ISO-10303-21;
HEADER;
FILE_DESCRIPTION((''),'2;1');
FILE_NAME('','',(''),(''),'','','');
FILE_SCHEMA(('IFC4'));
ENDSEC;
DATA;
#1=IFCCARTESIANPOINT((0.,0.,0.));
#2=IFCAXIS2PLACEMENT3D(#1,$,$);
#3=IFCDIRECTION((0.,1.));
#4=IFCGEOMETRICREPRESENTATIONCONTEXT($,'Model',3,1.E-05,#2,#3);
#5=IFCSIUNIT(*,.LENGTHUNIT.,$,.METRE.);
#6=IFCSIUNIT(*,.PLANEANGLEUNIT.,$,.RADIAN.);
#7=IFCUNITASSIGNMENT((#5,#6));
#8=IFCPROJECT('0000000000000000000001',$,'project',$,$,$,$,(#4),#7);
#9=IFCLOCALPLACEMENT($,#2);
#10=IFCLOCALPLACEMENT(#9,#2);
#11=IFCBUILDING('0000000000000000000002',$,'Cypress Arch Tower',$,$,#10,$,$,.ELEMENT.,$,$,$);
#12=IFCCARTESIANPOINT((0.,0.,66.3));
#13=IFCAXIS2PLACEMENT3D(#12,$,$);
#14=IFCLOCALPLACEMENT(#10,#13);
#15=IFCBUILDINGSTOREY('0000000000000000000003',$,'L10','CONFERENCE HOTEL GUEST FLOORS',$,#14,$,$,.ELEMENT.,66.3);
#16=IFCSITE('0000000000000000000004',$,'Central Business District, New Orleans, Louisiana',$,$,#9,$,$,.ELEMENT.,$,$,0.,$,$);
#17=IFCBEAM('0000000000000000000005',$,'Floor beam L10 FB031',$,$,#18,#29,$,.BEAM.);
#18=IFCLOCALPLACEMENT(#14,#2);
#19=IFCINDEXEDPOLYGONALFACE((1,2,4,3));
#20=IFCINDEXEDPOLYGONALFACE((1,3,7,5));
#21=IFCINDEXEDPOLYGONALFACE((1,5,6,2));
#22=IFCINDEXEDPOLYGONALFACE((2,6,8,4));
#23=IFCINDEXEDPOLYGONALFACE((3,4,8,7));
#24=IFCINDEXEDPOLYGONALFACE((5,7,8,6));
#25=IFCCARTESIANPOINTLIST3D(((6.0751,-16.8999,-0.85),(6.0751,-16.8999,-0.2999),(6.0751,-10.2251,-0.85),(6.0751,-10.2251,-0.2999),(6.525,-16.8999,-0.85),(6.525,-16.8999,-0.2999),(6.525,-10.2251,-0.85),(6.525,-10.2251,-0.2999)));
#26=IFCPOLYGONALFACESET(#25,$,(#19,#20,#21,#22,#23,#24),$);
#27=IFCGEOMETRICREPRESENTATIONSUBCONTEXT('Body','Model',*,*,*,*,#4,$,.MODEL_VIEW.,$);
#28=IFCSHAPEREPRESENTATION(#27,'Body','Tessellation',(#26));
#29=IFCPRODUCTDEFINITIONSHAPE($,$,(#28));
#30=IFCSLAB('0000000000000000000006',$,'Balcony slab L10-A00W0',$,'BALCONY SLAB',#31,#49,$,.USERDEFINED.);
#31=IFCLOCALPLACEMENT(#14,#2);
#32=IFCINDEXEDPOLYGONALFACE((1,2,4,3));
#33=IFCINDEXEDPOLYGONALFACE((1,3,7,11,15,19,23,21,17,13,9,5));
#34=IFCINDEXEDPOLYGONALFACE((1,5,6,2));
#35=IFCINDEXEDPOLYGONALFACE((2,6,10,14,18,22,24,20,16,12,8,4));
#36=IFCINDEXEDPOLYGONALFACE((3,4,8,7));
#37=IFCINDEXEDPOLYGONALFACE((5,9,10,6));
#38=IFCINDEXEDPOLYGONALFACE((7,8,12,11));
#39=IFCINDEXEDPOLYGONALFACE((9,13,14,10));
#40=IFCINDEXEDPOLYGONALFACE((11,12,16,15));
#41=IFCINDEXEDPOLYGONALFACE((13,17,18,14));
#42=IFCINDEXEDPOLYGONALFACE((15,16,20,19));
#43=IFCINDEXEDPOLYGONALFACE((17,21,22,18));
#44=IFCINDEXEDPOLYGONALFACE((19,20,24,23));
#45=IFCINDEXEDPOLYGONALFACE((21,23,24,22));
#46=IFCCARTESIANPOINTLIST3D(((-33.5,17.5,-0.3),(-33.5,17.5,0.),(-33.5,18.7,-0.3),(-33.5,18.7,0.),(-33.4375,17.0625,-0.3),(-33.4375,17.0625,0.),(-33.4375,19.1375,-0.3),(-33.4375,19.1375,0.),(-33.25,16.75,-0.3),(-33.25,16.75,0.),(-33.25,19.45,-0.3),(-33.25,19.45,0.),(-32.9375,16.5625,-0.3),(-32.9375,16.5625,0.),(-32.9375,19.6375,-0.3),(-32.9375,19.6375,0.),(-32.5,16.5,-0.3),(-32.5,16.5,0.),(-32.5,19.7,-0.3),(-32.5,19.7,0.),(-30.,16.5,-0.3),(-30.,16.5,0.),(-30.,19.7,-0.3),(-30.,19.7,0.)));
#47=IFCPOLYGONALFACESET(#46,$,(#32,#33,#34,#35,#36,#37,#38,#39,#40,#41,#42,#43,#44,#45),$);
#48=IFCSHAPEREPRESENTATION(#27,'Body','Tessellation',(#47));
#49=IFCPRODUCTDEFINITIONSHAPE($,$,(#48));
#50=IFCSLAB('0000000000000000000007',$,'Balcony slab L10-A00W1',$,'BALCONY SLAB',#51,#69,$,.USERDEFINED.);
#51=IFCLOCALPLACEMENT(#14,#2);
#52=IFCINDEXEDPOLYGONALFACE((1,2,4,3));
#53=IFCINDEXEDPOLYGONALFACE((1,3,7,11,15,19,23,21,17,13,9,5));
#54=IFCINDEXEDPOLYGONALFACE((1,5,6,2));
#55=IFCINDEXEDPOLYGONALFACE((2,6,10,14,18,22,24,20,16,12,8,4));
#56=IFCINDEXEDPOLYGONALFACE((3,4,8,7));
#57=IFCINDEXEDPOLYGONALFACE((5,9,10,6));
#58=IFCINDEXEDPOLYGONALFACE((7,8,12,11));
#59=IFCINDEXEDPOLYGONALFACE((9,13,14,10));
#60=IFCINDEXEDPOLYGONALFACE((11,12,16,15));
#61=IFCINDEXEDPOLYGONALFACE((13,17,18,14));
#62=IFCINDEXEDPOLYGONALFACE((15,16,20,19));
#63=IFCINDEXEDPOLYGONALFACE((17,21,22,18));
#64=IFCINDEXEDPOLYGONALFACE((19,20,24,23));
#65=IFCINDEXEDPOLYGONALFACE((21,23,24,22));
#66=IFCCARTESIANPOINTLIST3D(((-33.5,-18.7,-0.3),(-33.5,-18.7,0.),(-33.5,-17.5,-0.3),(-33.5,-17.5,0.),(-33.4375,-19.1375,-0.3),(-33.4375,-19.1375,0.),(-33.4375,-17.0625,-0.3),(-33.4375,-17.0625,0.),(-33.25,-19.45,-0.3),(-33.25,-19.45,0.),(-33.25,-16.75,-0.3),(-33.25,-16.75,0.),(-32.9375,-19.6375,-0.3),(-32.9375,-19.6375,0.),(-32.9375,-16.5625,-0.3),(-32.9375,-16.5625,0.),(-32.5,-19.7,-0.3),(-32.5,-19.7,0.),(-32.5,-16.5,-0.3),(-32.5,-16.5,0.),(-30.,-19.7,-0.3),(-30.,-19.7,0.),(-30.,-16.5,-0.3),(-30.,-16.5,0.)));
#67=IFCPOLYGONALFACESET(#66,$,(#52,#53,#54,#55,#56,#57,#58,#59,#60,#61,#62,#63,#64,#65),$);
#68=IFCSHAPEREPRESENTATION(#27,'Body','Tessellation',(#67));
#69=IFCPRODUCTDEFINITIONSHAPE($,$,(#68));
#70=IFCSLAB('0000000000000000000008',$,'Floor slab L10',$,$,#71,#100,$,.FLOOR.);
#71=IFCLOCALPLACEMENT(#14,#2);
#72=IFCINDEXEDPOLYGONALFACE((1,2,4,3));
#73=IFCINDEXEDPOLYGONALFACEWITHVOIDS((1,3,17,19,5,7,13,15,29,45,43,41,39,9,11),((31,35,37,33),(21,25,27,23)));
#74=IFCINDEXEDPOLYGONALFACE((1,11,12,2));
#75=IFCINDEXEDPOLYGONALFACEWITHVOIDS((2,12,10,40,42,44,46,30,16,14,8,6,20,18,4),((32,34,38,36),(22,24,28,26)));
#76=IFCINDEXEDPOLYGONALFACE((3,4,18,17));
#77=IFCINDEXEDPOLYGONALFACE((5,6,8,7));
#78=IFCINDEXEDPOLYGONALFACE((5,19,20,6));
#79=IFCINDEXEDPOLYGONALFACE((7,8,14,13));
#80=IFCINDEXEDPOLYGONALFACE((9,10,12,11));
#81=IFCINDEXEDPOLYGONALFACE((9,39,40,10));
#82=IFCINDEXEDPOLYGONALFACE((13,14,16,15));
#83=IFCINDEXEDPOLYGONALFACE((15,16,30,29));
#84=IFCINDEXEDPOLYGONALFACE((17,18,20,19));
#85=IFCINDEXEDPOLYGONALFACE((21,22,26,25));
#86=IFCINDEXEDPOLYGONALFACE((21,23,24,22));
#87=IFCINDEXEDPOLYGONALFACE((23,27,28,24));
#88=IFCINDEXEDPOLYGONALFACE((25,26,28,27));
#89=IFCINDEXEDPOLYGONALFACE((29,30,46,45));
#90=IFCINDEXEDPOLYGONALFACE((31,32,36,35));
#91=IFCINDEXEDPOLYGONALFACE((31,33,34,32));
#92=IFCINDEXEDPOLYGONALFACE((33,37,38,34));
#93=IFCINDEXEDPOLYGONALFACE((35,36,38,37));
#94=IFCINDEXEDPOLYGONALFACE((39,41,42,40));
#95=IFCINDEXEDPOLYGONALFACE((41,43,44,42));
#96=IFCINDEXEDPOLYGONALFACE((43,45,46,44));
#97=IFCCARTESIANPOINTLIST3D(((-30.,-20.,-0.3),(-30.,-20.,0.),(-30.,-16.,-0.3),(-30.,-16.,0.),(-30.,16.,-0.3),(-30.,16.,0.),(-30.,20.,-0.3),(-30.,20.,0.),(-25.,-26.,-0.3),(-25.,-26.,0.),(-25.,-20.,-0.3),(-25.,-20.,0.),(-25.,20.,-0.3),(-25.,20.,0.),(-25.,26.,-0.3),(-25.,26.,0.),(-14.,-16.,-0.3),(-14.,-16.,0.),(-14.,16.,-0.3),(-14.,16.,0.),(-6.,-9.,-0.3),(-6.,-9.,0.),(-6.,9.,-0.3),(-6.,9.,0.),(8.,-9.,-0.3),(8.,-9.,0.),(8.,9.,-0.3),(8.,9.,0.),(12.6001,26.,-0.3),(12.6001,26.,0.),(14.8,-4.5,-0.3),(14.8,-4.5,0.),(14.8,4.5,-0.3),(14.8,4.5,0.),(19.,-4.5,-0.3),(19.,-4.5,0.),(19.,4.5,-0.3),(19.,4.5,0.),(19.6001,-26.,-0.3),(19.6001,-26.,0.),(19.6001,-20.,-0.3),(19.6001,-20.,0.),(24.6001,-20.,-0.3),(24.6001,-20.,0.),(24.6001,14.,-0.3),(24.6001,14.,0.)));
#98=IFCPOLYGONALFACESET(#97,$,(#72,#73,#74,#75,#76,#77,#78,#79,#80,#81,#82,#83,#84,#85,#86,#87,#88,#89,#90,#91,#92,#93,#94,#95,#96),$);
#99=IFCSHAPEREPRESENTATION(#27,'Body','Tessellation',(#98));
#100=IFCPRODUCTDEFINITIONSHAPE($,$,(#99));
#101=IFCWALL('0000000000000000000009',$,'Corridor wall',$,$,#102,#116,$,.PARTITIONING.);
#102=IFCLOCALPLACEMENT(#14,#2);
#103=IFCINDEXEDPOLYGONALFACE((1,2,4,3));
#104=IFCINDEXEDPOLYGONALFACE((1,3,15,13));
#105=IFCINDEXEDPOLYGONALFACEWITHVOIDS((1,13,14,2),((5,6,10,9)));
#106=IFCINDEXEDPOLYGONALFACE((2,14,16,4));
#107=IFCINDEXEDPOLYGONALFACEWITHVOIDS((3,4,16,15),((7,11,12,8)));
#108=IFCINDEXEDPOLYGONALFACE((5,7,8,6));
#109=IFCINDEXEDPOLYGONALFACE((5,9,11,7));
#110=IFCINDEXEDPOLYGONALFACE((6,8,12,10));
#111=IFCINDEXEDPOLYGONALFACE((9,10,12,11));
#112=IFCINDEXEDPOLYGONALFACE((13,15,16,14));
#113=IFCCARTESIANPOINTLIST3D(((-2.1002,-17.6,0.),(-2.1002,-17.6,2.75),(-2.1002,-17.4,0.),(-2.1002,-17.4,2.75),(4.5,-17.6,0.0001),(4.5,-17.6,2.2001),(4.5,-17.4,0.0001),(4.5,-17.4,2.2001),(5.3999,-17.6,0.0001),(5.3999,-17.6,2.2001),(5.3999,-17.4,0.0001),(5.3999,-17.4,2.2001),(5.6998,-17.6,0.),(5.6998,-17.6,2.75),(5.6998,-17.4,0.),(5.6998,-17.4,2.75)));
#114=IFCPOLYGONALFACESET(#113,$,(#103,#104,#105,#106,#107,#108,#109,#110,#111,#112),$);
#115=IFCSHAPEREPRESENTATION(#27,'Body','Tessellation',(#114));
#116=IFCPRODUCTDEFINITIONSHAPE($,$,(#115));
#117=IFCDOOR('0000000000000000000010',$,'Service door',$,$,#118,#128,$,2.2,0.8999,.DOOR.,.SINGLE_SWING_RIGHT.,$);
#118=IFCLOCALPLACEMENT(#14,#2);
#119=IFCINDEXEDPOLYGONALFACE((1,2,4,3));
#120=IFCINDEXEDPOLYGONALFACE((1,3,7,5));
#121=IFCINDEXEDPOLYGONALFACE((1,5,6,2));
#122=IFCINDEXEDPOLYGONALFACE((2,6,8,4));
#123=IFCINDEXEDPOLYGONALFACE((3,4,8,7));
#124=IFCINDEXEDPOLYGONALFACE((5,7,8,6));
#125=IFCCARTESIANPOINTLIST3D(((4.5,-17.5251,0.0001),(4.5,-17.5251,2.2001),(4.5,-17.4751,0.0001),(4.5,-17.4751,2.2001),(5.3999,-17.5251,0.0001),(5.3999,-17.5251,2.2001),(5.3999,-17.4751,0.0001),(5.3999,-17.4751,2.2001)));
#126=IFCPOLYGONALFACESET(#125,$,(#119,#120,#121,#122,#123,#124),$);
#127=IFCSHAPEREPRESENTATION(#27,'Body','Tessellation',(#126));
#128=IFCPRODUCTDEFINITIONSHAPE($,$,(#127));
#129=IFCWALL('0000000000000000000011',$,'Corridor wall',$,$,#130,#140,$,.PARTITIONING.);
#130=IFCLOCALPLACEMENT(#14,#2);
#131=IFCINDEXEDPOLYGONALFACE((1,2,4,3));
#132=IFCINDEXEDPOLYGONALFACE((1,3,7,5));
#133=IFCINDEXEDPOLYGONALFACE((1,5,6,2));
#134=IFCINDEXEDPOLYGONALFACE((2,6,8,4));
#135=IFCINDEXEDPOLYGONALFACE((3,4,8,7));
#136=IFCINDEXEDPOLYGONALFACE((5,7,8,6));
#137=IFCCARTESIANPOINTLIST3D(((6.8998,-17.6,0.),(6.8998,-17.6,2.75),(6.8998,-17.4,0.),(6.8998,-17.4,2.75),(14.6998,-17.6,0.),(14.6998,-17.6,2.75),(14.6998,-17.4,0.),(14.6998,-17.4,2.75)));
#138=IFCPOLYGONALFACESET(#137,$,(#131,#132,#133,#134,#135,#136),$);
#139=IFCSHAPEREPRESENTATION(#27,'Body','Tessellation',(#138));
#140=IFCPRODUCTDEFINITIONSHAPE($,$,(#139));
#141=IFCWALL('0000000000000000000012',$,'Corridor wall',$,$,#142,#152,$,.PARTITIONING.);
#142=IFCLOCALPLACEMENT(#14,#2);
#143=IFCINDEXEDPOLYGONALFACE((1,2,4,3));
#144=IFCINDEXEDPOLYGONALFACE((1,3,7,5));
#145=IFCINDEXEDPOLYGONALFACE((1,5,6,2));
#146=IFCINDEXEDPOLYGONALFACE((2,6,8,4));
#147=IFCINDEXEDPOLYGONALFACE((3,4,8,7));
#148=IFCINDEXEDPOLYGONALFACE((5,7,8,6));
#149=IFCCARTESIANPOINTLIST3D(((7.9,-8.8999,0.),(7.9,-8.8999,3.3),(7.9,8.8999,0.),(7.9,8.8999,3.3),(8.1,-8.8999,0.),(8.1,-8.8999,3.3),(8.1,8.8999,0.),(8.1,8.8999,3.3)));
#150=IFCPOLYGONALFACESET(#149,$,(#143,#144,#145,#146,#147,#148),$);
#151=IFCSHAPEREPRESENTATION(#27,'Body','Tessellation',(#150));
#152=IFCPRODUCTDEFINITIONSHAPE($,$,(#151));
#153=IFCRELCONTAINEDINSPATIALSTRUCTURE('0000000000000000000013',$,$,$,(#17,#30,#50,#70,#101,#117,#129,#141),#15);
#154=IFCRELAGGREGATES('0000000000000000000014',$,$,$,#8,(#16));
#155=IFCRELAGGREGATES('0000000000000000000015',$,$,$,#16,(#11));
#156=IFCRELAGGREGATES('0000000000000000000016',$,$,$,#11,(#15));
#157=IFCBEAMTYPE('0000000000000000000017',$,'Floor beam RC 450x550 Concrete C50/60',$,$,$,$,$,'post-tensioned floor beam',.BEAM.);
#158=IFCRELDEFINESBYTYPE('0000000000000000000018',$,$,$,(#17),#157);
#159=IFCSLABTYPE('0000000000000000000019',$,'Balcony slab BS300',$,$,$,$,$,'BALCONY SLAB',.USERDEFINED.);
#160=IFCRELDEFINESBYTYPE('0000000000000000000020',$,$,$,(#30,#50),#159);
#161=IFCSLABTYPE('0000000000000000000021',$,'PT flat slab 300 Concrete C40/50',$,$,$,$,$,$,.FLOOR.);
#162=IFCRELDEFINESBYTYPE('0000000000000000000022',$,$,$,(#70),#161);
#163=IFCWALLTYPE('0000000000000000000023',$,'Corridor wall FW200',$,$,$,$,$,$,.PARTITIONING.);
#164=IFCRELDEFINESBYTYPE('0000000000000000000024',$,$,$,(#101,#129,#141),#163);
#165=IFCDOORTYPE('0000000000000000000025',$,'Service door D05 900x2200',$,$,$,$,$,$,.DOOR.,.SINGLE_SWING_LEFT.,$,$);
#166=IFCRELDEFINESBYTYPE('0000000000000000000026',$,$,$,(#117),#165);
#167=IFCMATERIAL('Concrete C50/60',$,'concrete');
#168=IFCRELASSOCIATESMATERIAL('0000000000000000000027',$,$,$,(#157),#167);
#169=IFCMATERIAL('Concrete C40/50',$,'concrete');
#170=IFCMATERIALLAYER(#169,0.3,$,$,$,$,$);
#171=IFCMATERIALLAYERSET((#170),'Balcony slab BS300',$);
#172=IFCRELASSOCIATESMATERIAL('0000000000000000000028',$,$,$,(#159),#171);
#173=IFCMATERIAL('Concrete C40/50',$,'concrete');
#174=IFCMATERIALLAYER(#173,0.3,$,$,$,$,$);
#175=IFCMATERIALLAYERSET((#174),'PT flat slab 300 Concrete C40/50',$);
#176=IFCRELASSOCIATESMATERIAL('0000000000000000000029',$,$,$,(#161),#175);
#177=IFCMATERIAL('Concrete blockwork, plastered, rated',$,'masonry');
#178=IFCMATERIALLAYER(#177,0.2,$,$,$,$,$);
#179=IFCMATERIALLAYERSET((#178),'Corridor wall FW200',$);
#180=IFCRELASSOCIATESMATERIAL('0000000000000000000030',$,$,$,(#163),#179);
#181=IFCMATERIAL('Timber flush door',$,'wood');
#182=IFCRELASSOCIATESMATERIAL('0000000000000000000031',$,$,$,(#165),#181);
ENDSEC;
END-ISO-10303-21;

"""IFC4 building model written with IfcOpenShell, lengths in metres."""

from ifc_helpers import new_model, si_unit, direction, frame, frame_2d, origin, origin_2d, place, context, subcontext, project, spatial, polyline, rectangle, outline, extrude, material, layer, layer_set, material_profile, profile_set, type_object, element, fill, save


model = new_model("IFC4")

# Units and contexts
model_context = context("Model", 3, precision=1e-05, world=origin(), true_north=direction((0.0, 1.0)))
body_context = subcontext(model_context, "Body", "Model", "MODEL_VIEW")
ifc_project = project(units=[si_unit("LENGTHUNIT", "METRE"), si_unit("PLANEANGLEUNIT", "RADIAN")], contexts=[model_context])

# Site, building, storey
site_placement = place(None, origin())
site = spatial("IfcSite", under=ifc_project, at=site_placement, Name="Central Business District, New Orleans, Louisiana", CompositionType="ELEMENT", RefElevation=0.0)
building_placement = place(site_placement, origin())
building = spatial("IfcBuilding", under=site, at=building_placement, Name="Cypress Arch Tower", CompositionType="ELEMENT")
storey_placement = place(building_placement, frame((0.0, 0.0, 66.3)))
storey = spatial("IfcBuildingStorey", under=building, at=storey_placement, Name="L10", Description="CONFERENCE HOTEL GUEST FLOORS", CompositionType="ELEMENT", Elevation=66.3)

# Beam
ifc_material_1 = material(Name="Concrete C50/60", Category="concrete")
ifc_material_profile_1 = material_profile(ifc_material_1, rectangle(XDim=0.45, YDim=0.55, at=origin_2d()), Name="RC 450x550")
ifc_profile_set_1 = profile_set([ifc_material_profile_1], Name="Concrete C50/60")
beam_type_1 = type_object("IfcBeamType", Name="Floor beam RC 450x550 Concrete C50/60", ElementType="post-tensioned floor beam", PredefinedType="BEAM", material=ifc_profile_set_1)
beam_1_placement = place(storey_placement, frame((6.3, -16.8999, -0.575), z_axis=(0.0, 1.0, 0.0), x_axis=(-1.0, 0.0, 0.0)))
element("IfcBeam", 1, at=beam_1_placement, inside=storey, type_object=beam_type_1, Name="Floor beam L10 FB031", PredefinedType="BEAM", context=body_context, shape_type="SweptSolid", body=[
    extrude(rectangle(XDim=0.45, YDim=0.55, at=origin_2d()), origin(), (0.0, 0.0, 1.0), 6.6748),
])

# Slabs
ifc_material_2 = material(Name="Concrete C40/50", Category="concrete")
ifc_layer_1 = layer(ifc_material_2, 0.3)
ifc_layer_set_1 = layer_set([ifc_layer_1], Name="Balcony slab BS300")
slab_type_1 = type_object("IfcSlabType", Name="Balcony slab BS300", ElementType="BALCONY SLAB", PredefinedType="USERDEFINED", material=ifc_layer_set_1)
slab_1_placement = place(storey_placement, frame((0.0, 0.0, -0.3)))
element("IfcSlab", 2, at=slab_1_placement, inside=storey, type_object=slab_type_1, Name="Balcony slab L10-A00W0", ObjectType="BALCONY SLAB", PredefinedType="USERDEFINED", context=body_context, shape_type="SweptSolid", body=[
    extrude(outline(polyline([(-30.0, 19.7), (-32.5, 19.7), (-32.9375, 19.6375), (-33.25, 19.45), (-33.4375, 19.1375), (-33.5, 18.7), (-33.5, 17.5), (-33.4375, 17.0625), (-33.25, 16.75), (-32.9375, 16.5625), (-32.5, 16.5), (-30.0, 16.5), (-30.0, 19.7)])), origin(), (0.0, 0.0, 1.0), 0.3),
])
slab_2_placement = place(storey_placement, frame((0.0, 0.0, -0.3)))
element("IfcSlab", 3, at=slab_2_placement, inside=storey, type_object=slab_type_1, Name="Balcony slab L10-A00W1", ObjectType="BALCONY SLAB", PredefinedType="USERDEFINED", context=body_context, shape_type="SweptSolid", body=[
    extrude(outline(polyline([(-30.0, -16.5), (-32.5, -16.5), (-32.9375, -16.5625), (-33.25, -16.75), (-33.4375, -17.0625), (-33.5, -17.5), (-33.5, -18.7), (-33.4375, -19.1375), (-33.25, -19.45), (-32.9375, -19.6375), (-32.5, -19.7), (-30.0, -19.7), (-30.0, -16.5)])), origin(), (0.0, 0.0, 1.0), 0.3),
])
ifc_material_3 = material(Name="Concrete C40/50", Category="concrete")
ifc_layer_2 = layer(ifc_material_3, 0.3)
ifc_layer_set_2 = layer_set([ifc_layer_2], Name="PT flat slab 300 Concrete C40/50")
slab_type_2 = type_object("IfcSlabType", Name="PT flat slab 300 Concrete C40/50", PredefinedType="FLOOR", material=ifc_layer_set_2)
slab_3_placement = place(storey_placement, frame((0.0, 0.0, -0.3)))
element("IfcSlab", 4, at=slab_3_placement, inside=storey, type_object=slab_type_2, Name="Floor slab L10", PredefinedType="FLOOR", context=body_context, shape_type="SweptSolid", body=[
    extrude(outline(polyline([(-30.0, 20.0), (-25.0, 20.0), (-25.0, 26.0), (12.6001, 26.0), (24.6001, 14.0), (24.6001, -20.0), (19.6001, -20.0), (19.6001, -26.0), (-25.0, -26.0), (-25.0, -20.0), (-30.0, -20.0), (-30.0, -16.0), (-14.0, -16.0), (-14.0, 16.0), (-30.0, 16.0), (-30.0, 20.0)]), holes=[polyline([(-6.0, -9.0), (8.0, -9.0), (8.0, 9.0), (-6.0, 9.0), (-6.0, -9.0)]), polyline([(14.8, -4.5), (19.0, -4.5), (19.0, 4.5), (14.8, 4.5), (14.8, -4.5)])]), origin(), (0.0, 0.0, 1.0), 0.3),
])

# Wall, opening, door
ifc_material_4 = material(Name="Concrete blockwork, plastered, rated", Category="masonry")
ifc_layer_3 = layer(ifc_material_4, 0.2)
ifc_layer_set_3 = layer_set([ifc_layer_3], Name="Corridor wall FW200")
wall_type_1 = type_object("IfcWallType", Name="Corridor wall FW200", PredefinedType="PARTITIONING", material=ifc_layer_set_3)
wall_1_placement = place(storey_placement, frame((-2.1001, -17.5, 0.0), z_axis=(0.0, 0.0, 1.0), x_axis=(1.0, 0.0, 0.0)))
wall_1 = element("IfcWall", 5, at=wall_1_placement, inside=storey, type_object=wall_type_1, Name="Corridor wall", PredefinedType="PARTITIONING", context=body_context, shape_type="SweptSolid", body=[
    extrude(rectangle(XDim=7.8, YDim=0.2, at=frame_2d((3.8999, 0.0))), origin(), (0.0, 0.0, 1.0), 2.75),
])
opening_1_placement = place(wall_1_placement, frame((6.6001, 0.0, 0.0)))
opening_1 = element("IfcOpeningElement", 6, at=opening_1_placement, cuts=wall_1, PredefinedType="OPENING", context=body_context, shape_type="SweptSolid", body=[
    extrude(rectangle(XDim=0.8999, YDim=2.2, at=frame_2d((0.45, 1.1001))), frame((0.0, 0.1099, 0.0), z_axis=(0.0, -1.0, 0.0), x_axis=(1.0, 0.0, 0.0)), (0.0, 0.0, 1.0), 0.22),
])
ifc_material_5 = material(Name="Timber flush door", Category="wood")
door_type_1 = type_object("IfcDoorType", Name="Service door D05 900x2200", OperationType="SINGLE_SWING_LEFT", PredefinedType="DOOR", material=ifc_material_5)
door_1_placement = place(opening_1_placement, origin())
door_1 = element("IfcDoor", 7, at=door_1_placement, inside=storey, type_object=door_type_1, Name="Service door", OperationType="SINGLE_SWING_RIGHT", OverallHeight=2.2, OverallWidth=0.8999, PredefinedType="DOOR", context=body_context, shape_type="SweptSolid", body=[
    extrude(rectangle(XDim=0.8999, YDim=2.2, at=frame_2d((0.45, 1.1001))), frame((0.0, 0.0249, 0.0), z_axis=(0.0, -1.0, 0.0), x_axis=(1.0, 0.0, 0.0)), (0.0, 0.0, 1.0), 0.05),
])
fill(opening_1, door_1)

# Walls
wall_2_placement = place(storey_placement, frame((6.8999, -17.5, 0.0), z_axis=(0.0, 0.0, 1.0), x_axis=(1.0, 0.0, 0.0)))
element("IfcWall", 8, at=wall_2_placement, inside=storey, type_object=wall_type_1, Name="Corridor wall", PredefinedType="PARTITIONING", context=body_context, shape_type="SweptSolid", body=[
    extrude(rectangle(XDim=7.8, YDim=0.2, at=frame_2d((3.8999, 0.0))), origin(), (0.0, 0.0, 1.0), 2.75),
])
wall_3_placement = place(storey_placement, frame((8.0, -8.8999, 0.0), z_axis=(0.0, 0.0, 1.0), x_axis=(0.0, 1.0, 0.0)))
element("IfcWall", 9, at=wall_3_placement, inside=storey, type_object=wall_type_1, Name="Corridor wall", PredefinedType="PARTITIONING", context=body_context, shape_type="SweptSolid", body=[
    extrude(rectangle(XDim=17.7998, YDim=0.2, at=frame_2d((8.8999, 0.0))), origin(), (0.0, 0.0, 1.0), 3.3),
])

save(model, "model.ifc")
